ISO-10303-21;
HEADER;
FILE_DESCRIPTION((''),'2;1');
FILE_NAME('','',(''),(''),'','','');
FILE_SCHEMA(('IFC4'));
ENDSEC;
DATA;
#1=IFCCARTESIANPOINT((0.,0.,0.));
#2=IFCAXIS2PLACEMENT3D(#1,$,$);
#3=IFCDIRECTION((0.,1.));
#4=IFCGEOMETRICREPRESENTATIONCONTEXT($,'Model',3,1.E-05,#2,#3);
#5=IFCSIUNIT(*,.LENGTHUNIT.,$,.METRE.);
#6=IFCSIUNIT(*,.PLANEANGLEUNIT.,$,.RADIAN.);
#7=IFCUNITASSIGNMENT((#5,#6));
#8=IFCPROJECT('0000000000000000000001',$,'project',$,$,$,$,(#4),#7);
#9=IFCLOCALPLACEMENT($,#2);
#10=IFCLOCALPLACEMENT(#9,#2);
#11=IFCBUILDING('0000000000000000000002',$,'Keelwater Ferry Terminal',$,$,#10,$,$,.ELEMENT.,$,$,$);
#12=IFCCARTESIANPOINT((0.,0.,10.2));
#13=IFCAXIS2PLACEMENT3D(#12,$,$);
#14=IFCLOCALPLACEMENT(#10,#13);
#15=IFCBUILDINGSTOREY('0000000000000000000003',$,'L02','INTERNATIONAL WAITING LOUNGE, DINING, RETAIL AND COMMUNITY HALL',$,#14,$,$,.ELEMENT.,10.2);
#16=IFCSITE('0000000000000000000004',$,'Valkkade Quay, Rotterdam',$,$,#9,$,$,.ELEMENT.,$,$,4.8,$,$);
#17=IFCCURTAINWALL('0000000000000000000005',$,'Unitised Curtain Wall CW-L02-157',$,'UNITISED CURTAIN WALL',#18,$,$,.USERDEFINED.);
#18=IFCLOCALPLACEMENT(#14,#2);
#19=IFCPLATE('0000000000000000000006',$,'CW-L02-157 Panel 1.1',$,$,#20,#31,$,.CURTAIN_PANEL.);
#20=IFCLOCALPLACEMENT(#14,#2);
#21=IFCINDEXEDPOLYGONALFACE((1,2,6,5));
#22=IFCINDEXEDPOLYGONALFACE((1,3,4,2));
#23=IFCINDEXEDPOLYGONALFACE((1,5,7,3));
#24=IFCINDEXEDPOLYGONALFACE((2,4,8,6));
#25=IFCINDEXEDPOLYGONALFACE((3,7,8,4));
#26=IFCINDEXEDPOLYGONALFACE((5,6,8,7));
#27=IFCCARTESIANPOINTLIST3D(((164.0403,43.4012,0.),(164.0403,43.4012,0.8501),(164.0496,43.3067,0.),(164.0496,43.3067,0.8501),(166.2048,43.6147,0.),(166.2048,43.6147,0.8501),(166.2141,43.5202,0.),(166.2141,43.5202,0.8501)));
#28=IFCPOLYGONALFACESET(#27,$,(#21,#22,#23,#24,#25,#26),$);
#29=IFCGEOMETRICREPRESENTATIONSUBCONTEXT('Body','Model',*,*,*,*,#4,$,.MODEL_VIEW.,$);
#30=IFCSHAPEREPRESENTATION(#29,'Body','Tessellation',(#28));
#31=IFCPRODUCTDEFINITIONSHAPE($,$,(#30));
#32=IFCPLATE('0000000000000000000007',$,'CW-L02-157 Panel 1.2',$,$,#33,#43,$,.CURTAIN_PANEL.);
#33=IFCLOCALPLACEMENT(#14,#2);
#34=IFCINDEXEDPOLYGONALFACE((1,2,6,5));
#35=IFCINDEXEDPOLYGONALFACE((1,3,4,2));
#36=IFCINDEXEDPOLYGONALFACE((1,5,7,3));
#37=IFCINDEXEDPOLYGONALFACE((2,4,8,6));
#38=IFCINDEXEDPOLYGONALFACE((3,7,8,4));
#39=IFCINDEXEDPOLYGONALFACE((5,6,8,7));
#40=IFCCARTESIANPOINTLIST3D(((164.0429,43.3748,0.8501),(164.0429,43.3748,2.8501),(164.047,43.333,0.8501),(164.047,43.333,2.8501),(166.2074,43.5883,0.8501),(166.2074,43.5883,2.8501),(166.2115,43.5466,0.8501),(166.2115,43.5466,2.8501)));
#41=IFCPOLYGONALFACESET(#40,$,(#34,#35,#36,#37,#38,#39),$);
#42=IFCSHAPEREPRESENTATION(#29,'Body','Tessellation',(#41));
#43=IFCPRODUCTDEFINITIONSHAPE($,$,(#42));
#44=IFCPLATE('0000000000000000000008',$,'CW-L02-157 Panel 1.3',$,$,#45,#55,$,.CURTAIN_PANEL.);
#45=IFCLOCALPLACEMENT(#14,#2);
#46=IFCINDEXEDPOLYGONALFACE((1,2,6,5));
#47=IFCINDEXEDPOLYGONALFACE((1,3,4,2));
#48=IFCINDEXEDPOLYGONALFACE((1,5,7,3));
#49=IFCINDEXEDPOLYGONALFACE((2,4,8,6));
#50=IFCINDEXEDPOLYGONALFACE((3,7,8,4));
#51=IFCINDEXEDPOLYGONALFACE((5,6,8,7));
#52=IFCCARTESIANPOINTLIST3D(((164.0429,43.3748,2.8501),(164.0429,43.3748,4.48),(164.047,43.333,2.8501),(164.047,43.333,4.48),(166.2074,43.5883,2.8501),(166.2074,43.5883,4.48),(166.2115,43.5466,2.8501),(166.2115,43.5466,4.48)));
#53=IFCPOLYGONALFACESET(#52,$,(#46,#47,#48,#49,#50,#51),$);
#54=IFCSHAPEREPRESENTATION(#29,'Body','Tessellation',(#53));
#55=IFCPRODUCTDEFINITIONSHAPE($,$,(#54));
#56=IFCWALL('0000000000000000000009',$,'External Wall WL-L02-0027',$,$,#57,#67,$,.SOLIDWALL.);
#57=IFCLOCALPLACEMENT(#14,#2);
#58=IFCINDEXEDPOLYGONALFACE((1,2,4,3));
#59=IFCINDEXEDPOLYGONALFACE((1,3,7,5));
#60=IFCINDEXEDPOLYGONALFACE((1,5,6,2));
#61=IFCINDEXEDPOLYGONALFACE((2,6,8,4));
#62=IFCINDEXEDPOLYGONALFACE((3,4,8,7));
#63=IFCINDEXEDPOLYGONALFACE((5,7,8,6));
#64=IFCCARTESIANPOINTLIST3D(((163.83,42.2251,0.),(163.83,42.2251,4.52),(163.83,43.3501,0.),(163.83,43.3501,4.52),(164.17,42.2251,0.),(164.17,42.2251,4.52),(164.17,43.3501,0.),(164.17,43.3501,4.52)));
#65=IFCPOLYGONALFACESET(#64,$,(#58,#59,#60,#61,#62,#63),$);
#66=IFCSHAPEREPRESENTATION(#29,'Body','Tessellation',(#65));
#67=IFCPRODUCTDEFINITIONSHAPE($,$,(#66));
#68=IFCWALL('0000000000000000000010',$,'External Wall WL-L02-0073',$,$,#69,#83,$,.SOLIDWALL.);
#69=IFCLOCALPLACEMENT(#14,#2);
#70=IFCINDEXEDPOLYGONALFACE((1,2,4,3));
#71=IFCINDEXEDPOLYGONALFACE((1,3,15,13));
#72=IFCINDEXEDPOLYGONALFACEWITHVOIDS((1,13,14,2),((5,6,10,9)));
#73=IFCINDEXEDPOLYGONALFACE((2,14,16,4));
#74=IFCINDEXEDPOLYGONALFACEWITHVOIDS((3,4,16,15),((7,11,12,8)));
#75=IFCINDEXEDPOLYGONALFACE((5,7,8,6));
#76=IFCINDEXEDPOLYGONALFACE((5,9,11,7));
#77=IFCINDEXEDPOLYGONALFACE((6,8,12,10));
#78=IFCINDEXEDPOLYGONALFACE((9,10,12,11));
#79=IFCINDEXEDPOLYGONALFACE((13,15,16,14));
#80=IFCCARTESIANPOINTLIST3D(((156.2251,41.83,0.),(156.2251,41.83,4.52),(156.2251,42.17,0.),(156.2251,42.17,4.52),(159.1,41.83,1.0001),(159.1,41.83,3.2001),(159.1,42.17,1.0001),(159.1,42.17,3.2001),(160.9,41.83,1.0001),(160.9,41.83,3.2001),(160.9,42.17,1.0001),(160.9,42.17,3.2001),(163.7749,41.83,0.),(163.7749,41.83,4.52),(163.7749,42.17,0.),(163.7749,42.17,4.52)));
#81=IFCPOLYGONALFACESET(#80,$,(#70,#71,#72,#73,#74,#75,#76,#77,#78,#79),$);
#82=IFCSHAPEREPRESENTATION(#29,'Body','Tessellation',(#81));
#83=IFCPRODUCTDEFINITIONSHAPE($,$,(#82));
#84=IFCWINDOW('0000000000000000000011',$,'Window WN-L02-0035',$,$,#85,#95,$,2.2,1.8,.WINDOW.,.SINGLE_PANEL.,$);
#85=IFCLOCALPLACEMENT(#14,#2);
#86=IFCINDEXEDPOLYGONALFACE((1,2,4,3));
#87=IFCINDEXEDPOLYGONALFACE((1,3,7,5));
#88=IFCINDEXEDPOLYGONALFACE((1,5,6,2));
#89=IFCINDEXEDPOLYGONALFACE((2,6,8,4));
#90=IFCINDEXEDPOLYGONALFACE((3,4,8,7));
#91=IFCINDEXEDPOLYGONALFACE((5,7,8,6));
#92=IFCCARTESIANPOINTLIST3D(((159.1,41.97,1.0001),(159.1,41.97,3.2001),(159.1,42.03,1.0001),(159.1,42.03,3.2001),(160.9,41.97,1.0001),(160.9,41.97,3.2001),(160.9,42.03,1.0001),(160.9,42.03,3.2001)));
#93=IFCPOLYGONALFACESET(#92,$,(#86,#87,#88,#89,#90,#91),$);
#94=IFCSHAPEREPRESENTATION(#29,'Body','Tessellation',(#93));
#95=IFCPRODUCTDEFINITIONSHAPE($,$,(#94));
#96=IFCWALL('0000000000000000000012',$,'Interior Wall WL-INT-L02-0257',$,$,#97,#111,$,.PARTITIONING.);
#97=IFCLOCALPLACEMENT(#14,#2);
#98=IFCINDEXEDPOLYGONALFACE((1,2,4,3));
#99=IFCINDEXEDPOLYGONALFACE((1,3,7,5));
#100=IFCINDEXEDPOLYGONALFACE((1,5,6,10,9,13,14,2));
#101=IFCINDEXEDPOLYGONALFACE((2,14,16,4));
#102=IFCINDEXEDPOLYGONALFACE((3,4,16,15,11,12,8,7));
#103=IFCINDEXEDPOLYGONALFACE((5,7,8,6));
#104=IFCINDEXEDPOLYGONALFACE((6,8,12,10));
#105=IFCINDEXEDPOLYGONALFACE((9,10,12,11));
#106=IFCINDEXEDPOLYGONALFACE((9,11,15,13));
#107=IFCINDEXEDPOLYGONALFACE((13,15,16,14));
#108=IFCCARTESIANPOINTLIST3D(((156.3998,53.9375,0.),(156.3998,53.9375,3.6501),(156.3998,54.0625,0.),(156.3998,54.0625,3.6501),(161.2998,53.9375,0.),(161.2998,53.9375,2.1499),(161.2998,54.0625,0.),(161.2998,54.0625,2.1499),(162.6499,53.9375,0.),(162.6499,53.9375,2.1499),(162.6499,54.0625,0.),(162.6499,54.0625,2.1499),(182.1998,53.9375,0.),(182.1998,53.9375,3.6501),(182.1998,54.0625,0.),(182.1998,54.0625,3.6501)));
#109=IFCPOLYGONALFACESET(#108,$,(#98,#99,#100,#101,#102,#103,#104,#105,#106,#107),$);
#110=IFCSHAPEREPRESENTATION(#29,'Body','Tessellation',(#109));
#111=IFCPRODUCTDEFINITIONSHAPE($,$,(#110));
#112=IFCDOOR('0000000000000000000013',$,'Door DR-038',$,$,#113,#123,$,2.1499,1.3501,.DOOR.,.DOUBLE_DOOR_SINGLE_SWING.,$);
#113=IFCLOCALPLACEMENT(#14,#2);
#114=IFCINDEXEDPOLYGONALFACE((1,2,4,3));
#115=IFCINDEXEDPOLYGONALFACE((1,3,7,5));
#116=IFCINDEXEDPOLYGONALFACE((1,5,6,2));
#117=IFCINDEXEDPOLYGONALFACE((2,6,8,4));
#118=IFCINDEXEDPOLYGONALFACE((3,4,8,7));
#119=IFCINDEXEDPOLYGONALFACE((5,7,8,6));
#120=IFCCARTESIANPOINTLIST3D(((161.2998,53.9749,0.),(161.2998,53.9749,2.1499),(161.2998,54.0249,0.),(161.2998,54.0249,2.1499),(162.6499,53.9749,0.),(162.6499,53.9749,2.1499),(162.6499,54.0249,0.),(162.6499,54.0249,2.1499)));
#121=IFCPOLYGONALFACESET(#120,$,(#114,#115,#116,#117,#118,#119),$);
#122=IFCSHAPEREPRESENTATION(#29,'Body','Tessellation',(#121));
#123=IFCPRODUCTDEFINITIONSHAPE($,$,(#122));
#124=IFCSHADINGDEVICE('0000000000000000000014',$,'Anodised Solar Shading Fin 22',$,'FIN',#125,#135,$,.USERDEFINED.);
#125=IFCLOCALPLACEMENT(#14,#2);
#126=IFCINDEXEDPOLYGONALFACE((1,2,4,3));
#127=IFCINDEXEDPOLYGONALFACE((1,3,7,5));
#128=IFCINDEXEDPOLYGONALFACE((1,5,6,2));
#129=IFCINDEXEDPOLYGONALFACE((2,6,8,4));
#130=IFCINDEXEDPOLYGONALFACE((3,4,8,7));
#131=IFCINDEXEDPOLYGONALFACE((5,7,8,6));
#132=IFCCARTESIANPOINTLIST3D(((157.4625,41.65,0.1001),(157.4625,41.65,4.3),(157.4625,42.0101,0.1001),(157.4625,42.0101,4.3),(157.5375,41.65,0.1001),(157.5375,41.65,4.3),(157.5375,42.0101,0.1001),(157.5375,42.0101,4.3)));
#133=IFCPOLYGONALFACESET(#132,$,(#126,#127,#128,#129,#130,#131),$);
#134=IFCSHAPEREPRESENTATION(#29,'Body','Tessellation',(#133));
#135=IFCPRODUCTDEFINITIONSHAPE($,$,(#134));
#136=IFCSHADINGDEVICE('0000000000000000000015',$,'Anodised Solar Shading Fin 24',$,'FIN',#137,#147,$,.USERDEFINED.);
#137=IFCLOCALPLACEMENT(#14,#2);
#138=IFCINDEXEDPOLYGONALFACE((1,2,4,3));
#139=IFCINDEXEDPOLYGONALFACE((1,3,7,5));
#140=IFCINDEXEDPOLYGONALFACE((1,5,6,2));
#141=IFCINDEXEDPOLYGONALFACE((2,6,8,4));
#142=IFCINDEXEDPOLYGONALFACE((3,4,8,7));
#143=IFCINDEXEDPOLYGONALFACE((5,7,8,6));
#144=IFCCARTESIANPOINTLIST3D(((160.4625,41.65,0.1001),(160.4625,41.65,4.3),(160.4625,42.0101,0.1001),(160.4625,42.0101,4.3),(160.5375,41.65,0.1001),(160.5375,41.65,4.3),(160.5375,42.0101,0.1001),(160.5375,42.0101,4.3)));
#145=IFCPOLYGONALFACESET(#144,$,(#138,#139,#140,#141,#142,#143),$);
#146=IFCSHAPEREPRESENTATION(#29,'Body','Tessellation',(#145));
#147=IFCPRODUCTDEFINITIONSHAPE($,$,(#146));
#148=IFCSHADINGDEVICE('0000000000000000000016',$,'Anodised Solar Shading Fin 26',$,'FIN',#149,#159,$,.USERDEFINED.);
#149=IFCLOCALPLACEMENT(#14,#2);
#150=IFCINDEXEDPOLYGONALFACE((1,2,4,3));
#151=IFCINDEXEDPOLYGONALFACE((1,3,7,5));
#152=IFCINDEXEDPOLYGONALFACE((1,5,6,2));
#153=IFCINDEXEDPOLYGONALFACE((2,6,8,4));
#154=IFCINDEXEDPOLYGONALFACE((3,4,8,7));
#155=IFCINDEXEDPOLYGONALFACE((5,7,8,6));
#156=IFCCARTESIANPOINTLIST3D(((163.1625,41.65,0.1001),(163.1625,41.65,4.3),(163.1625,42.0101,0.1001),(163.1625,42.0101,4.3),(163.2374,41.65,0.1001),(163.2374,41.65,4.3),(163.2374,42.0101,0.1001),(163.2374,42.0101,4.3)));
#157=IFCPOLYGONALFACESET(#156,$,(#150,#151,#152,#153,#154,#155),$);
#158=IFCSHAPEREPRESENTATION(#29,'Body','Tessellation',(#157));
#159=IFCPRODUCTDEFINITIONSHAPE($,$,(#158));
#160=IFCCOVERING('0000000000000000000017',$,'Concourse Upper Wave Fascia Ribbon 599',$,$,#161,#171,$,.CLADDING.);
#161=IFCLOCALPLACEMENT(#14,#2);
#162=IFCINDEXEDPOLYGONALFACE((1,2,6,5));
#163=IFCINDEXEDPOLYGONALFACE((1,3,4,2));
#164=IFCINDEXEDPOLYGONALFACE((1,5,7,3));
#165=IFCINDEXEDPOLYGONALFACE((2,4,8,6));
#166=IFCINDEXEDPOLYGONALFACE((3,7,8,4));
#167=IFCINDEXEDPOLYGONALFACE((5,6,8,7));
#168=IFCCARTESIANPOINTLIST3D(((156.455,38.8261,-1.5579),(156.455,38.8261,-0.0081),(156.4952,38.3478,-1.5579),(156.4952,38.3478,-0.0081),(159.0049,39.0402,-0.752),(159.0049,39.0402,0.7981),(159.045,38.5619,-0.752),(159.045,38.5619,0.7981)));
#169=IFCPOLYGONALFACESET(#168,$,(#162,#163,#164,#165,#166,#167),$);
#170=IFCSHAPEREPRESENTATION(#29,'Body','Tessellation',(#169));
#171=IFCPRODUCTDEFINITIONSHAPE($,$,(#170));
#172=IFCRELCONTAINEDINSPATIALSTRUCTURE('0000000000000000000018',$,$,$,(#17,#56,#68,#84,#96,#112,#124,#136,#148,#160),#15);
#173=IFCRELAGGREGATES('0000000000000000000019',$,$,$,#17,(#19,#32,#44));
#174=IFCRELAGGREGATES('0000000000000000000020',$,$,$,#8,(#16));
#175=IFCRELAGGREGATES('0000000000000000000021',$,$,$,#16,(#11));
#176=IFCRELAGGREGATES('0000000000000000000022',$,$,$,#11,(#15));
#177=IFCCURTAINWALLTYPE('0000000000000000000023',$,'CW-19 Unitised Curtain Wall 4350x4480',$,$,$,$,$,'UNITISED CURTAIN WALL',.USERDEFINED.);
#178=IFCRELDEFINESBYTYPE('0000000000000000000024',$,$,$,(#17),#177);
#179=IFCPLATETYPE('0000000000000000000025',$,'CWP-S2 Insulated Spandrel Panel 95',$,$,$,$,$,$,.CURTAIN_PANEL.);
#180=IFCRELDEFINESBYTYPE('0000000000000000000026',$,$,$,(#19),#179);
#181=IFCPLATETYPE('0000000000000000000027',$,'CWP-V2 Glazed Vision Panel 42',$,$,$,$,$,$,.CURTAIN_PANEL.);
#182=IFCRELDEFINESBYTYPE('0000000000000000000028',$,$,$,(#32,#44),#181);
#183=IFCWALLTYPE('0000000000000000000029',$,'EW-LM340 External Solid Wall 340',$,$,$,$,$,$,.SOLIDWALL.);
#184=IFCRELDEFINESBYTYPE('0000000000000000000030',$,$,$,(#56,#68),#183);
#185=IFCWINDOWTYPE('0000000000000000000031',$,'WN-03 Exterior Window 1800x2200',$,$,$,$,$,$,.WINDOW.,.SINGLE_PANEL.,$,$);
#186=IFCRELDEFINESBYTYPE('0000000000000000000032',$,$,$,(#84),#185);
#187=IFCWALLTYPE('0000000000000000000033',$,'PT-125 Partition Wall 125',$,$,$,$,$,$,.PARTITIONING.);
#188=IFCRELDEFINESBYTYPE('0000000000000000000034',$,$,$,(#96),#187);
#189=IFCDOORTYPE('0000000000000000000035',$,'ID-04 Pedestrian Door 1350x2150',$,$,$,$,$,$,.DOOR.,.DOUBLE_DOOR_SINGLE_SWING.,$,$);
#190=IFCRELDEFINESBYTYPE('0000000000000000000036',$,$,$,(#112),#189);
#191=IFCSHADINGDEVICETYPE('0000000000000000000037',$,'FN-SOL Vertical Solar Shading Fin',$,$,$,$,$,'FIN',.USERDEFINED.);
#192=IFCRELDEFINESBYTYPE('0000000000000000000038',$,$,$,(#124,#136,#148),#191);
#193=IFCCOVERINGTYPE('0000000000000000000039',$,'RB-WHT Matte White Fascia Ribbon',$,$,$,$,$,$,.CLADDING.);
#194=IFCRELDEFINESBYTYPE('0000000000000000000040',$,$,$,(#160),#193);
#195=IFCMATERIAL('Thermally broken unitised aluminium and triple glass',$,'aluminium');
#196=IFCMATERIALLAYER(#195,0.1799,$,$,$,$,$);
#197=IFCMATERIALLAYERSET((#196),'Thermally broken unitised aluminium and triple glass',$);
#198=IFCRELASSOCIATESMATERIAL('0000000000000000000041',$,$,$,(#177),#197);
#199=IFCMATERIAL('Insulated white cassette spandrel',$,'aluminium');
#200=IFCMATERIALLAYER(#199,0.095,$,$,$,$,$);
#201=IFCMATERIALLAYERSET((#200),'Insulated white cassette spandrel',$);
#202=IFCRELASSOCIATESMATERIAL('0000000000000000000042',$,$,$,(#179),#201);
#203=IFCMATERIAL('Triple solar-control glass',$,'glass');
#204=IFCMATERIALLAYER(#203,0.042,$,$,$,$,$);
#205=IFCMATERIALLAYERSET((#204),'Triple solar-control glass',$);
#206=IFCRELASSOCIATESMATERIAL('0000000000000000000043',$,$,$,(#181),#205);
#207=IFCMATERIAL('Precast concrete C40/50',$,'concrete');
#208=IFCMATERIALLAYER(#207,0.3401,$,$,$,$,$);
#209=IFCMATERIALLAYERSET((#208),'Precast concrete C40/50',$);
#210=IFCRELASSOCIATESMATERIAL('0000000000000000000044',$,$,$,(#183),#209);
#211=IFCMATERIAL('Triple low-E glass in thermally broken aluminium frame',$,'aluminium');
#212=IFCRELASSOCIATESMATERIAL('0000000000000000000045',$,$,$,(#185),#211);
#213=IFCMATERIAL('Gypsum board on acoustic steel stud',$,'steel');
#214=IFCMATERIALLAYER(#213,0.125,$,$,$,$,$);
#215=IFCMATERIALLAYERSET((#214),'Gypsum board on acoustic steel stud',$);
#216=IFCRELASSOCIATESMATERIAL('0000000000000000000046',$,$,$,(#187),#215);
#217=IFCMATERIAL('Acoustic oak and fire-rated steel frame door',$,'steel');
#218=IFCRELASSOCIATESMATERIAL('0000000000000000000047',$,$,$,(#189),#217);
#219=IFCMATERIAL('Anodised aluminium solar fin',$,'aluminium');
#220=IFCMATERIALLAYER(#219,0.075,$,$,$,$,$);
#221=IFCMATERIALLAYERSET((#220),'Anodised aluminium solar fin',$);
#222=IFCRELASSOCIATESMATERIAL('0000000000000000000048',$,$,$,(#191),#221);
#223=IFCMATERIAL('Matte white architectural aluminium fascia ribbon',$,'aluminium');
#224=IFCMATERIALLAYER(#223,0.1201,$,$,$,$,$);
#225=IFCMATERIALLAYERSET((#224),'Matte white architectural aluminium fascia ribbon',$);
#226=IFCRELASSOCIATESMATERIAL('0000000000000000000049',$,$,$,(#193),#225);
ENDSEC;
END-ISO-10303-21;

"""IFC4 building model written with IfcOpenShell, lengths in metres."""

from ifc_helpers import new_model, si_unit, direction, frame, frame_2d, origin, origin_2d, place, context, subcontext, project, spatial, polyline, rectangle, outline, extrude, material, layer, layer_set, type_object, element, fill, aggregate, save


model = new_model("IFC4")

# Units and contexts
model_context = context("Model", 3, precision=1e-05, world=origin(), true_north=direction((0.0, 1.0)))
body_context = subcontext(model_context, "Body", "Model", "MODEL_VIEW")
ifc_project = project(units=[si_unit("LENGTHUNIT", "METRE"), si_unit("PLANEANGLEUNIT", "RADIAN")], contexts=[model_context])

# Site, building, storey
site_placement = place(None, origin())
site = spatial("IfcSite", under=ifc_project, at=site_placement, Name="Valkkade Quay, Rotterdam", CompositionType="ELEMENT", RefElevation=4.8)
building_placement = place(site_placement, origin())
building = spatial("IfcBuilding", under=site, at=building_placement, Name="Keelwater Ferry Terminal", CompositionType="ELEMENT")
storey_placement = place(building_placement, frame((0.0, 0.0, 10.2)))
storey = spatial("IfcBuildingStorey", under=building, at=storey_placement, Name="L02", Description="INTERNATIONAL WAITING LOUNGE, DINING, RETAIL AND COMMUNITY HALL", CompositionType="ELEMENT", Elevation=10.2)

# Curtain wall
ifc_material_1 = material(Name="Thermally broken unitised aluminium and triple glass", Category="aluminium")
ifc_layer_1 = layer(ifc_material_1, 0.1799)
ifc_layer_set_1 = layer_set([ifc_layer_1], Name="Thermally broken unitised aluminium and triple glass")
curtain_wall_type = type_object("IfcCurtainWallType", Name="CW-19 Unitised Curtain Wall 4350x4480", ElementType="UNITISED CURTAIN WALL", PredefinedType="USERDEFINED", material=ifc_layer_set_1)
curtain_wall_placement = place(storey_placement, origin())
curtain_wall = element("IfcCurtainWall", 1, at=curtain_wall_placement, inside=storey, type_object=curtain_wall_type, Name="Unitised Curtain Wall CW-L02-157", ObjectType="UNITISED CURTAIN WALL", PredefinedType="USERDEFINED")

# Plates
ifc_material_2 = material(Name="Insulated white cassette spandrel", Category="aluminium")
ifc_layer_2 = layer(ifc_material_2, 0.095)
ifc_layer_set_2 = layer_set([ifc_layer_2], Name="Insulated white cassette spandrel")
plate_type_1 = type_object("IfcPlateType", Name="CWP-S2 Insulated Spandrel Panel 95", PredefinedType="CURTAIN_PANEL", material=ifc_layer_set_2)
plate_1_placement = place(storey_placement, frame((165.1272, 43.4607, 0.0), z_axis=(0.0, 0.0, 1.0), x_axis=(0.995171, 0.098161, 0.0)))
plate_1 = element("IfcPlate", 2, at=plate_1_placement, type_object=plate_type_1, Name="CW-L02-157 Panel 1.1", PredefinedType="CURTAIN_PANEL", context=body_context, shape_type="SweptSolid", body=[
    extrude(rectangle(XDim=2.175, YDim=0.095, at=origin_2d()), origin(), (0.0, 0.0, 1.0), 0.8501),
])
ifc_material_3 = material(Name="Triple solar-control glass", Category="glass")
ifc_layer_3 = layer(ifc_material_3, 0.042)
ifc_layer_set_3 = layer_set([ifc_layer_3], Name="Triple solar-control glass")
plate_type_2 = type_object("IfcPlateType", Name="CWP-V2 Glazed Vision Panel 42", PredefinedType="CURTAIN_PANEL", material=ifc_layer_set_3)
plate_2_placement = place(storey_placement, frame((165.1272, 43.4607, 0.8501), z_axis=(0.0, 0.0, 1.0), x_axis=(0.995171, 0.098161, 0.0)))
plate_2 = element("IfcPlate", 3, at=plate_2_placement, type_object=plate_type_2, Name="CW-L02-157 Panel 1.2", PredefinedType="CURTAIN_PANEL", context=body_context, shape_type="SweptSolid", body=[
    extrude(rectangle(XDim=2.175, YDim=0.042, at=origin_2d()), origin(), (0.0, 0.0, 1.0), 2.0),
])
plate_3_placement = place(storey_placement, frame((165.1272, 43.4607, 2.8501), z_axis=(0.0, 0.0, 1.0), x_axis=(0.995171, 0.098161, 0.0)))
plate_3 = element("IfcPlate", 4, at=plate_3_placement, type_object=plate_type_2, Name="CW-L02-157 Panel 1.3", PredefinedType="CURTAIN_PANEL", context=body_context, shape_type="SweptSolid", body=[
    extrude(rectangle(XDim=2.175, YDim=0.042, at=origin_2d()), origin(), (0.0, 0.0, 1.0), 1.6299),
])
aggregate(curtain_wall, [plate_1, plate_2, plate_3])

# Wall
ifc_material_4 = material(Name="Precast concrete C40/50", Category="concrete")
ifc_layer_4 = layer(ifc_material_4, 0.3401)
ifc_layer_set_4 = layer_set([ifc_layer_4], Name="Precast concrete C40/50")
wall_type_1 = type_object("IfcWallType", Name="EW-LM340 External Solid Wall 340", PredefinedType="SOLIDWALL", material=ifc_layer_set_4)
wall_1_placement = place(storey_placement, frame((164.0, 42.2251, 0.0), z_axis=(0.0, 0.0, 1.0), x_axis=(0.0, 1.0, 0.0)))
element("IfcWall", 5, at=wall_1_placement, inside=storey, type_object=wall_type_1, Name="External Wall WL-L02-0027", PredefinedType="SOLIDWALL", context=body_context, shape_type="SweptSolid", body=[
    extrude(rectangle(XDim=1.125, YDim=0.3401, at=frame_2d((0.5625, 0.0))), origin(), (0.0, 0.0, 1.0), 4.52),
])

# Wall, opening, window
wall_2_placement = place(storey_placement, frame((163.7749, 42.0, 0.0), z_axis=(0.0, 0.0, 1.0), x_axis=(-1.0, 0.0, 0.0)))
wall_2 = element("IfcWall", 6, at=wall_2_placement, inside=storey, type_object=wall_type_1, Name="External Wall WL-L02-0073", PredefinedType="SOLIDWALL", context=body_context, shape_type="SweptSolid", body=[
    extrude(rectangle(XDim=7.5498, YDim=0.3401, at=frame_2d((3.7749, 0.0))), origin(), (0.0, 0.0, 1.0), 4.52),
])
opening_1_placement = place(wall_2_placement, frame((2.875, 0.0, 1.0)))
opening_1 = element("IfcOpeningElement", 7, at=opening_1_placement, cuts=wall_2, PredefinedType="OPENING", context=body_context, shape_type="SweptSolid", body=[
    extrude(rectangle(XDim=1.8, YDim=2.2, at=frame_2d((0.8999, 1.1001))), frame((0.0, 0.1799, 0.0), z_axis=(0.0, -1.0, 0.0), x_axis=(1.0, 0.0, 0.0)), (0.0, 0.0, 1.0), 0.3601),
])
ifc_material_5 = material(Name="Triple low-E glass in thermally broken aluminium frame", Category="aluminium")
window_type = type_object("IfcWindowType", Name="WN-03 Exterior Window 1800x2200", PartitioningType="SINGLE_PANEL", PredefinedType="WINDOW", material=ifc_material_5)
window_placement = place(opening_1_placement, origin())
window = element("IfcWindow", 8, at=window_placement, inside=storey, type_object=window_type, Name="Window WN-L02-0035", OverallHeight=2.2, OverallWidth=1.8, PartitioningType="SINGLE_PANEL", PredefinedType="WINDOW", context=body_context, shape_type="SweptSolid", body=[
    extrude(rectangle(XDim=1.8, YDim=2.2, at=frame_2d((0.8999, 1.1001))), frame((0.0, 0.03, 0.0), z_axis=(0.0, -1.0, 0.0), x_axis=(1.0, 0.0, 0.0)), (0.0, 0.0, 1.0), 0.0601),
])
fill(opening_1, window)

# Wall, opening, door
ifc_material_6 = material(Name="Gypsum board on acoustic steel stud", Category="steel")
ifc_layer_5 = layer(ifc_material_6, 0.125)
ifc_layer_set_5 = layer_set([ifc_layer_5], Name="Gypsum board on acoustic steel stud")
wall_type_2 = type_object("IfcWallType", Name="PT-125 Partition Wall 125", PredefinedType="PARTITIONING", material=ifc_layer_set_5)
wall_3_placement = place(storey_placement, frame((156.3999, 54.0, 0.0), z_axis=(0.0, 0.0, 1.0), x_axis=(1.0, 0.0, 0.0)))
wall_3 = element("IfcWall", 9, at=wall_3_placement, inside=storey, type_object=wall_type_2, Name="Interior Wall WL-INT-L02-0257", PredefinedType="PARTITIONING", context=body_context, shape_type="SweptSolid", body=[
    extrude(rectangle(XDim=25.8, YDim=0.125, at=frame_2d((12.8999, 0.0))), origin(), (0.0, 0.0, 1.0), 3.6501),
])
opening_2_placement = place(wall_3_placement, frame((4.8999, 0.0, 0.0)))
opening_2 = element("IfcOpeningElement", 10, at=opening_2_placement, cuts=wall_3, PredefinedType="OPENING", context=body_context, shape_type="SweptSolid", body=[
    extrude(rectangle(XDim=1.3501, YDim=2.1499, at=frame_2d((0.675, 1.075))), frame((0.0, 0.0725, 0.0), z_axis=(0.0, -1.0, 0.0), x_axis=(1.0, 0.0, 0.0)), (0.0, 0.0, 1.0), 0.145),
])
ifc_material_7 = material(Name="Acoustic oak and fire-rated steel frame door", Category="steel")
door_type = type_object("IfcDoorType", Name="ID-04 Pedestrian Door 1350x2150", OperationType="DOUBLE_DOOR_SINGLE_SWING", PredefinedType="DOOR", material=ifc_material_7)
door_placement = place(opening_2_placement, origin())
door = element("IfcDoor", 11, at=door_placement, inside=storey, type_object=door_type, Name="Door DR-038", OperationType="DOUBLE_DOOR_SINGLE_SWING", OverallHeight=2.1499, OverallWidth=1.3501, PredefinedType="DOOR", context=body_context, shape_type="SweptSolid", body=[
    extrude(rectangle(XDim=1.3501, YDim=2.1499, at=frame_2d((0.675, 1.075))), frame((0.0, 0.0249, 0.0), z_axis=(0.0, -1.0, 0.0), x_axis=(1.0, 0.0, 0.0)), (0.0, 0.0, 1.0), 0.05),
])
fill(opening_2, door)

# Shading devices
ifc_material_8 = material(Name="Anodised aluminium solar fin", Category="aluminium")
ifc_layer_6 = layer(ifc_material_8, 0.075)
ifc_layer_set_6 = layer_set([ifc_layer_6], Name="Anodised aluminium solar fin")
shading_device_type = type_object("IfcShadingDeviceType", Name="FN-SOL Vertical Solar Shading Fin", ElementType="FIN", PredefinedType="USERDEFINED", material=ifc_layer_set_6)
for number, where, z_axis, x_axis, name in (
    (12, (157.5, 41.8301, 0.1001), (0.0, 0.0, 1.0), (1.0, 0.0, 0.0), "Anodised Solar Shading Fin 22"),
    (13, (160.5, 41.8301, 0.1001), (0.0, 0.0, 1.0), (1.0, 0.0, 0.0), "Anodised Solar Shading Fin 24"),
    (14, (163.2, 41.8301, 0.1001), (0.0, 0.0, 1.0), (1.0, 0.0, 0.0), "Anodised Solar Shading Fin 26"),
):
    element("IfcShadingDevice", number, at=place(storey_placement, frame(where, z_axis=z_axis, x_axis=x_axis)), inside=storey, type_object=shading_device_type, Name=name, ObjectType="FIN", PredefinedType="USERDEFINED", context=body_context, shape_type="SweptSolid", body=[
        extrude(rectangle(XDim=0.075, YDim=0.3601, at=origin_2d()), origin(), (0.0, 0.0, 1.0), 4.2),
    ])

# Covering
ifc_material_9 = material(Name="Matte white architectural aluminium fascia ribbon", Category="aluminium")
ifc_layer_7 = layer(ifc_material_9, 0.1201)
ifc_layer_set_7 = layer_set([ifc_layer_7], Name="Matte white architectural aluminium fascia ribbon")
covering_type = type_object("IfcCoveringType", Name="RB-WHT Matte White Fascia Ribbon", PredefinedType="CLADDING", material=ifc_layer_set_7)
covering_1_placement = place(storey_placement, frame((156.4751, 38.5869, -1.5579), z_axis=(0.0, 0.0, 1.0), x_axis=(0.996493, 0.083677, 0.0)))
element("IfcCovering", 15, at=covering_1_placement, inside=storey, type_object=covering_type, Name="Concourse Upper Wave Fascia Ribbon 599", PredefinedType="CLADDING", context=body_context, shape_type="SweptSolid", body=[
    extrude(outline(polyline([(0.0, 0.0), (2.5588, 0.8059), (2.5588, 2.356), (0.0, 1.5498), (0.0, 0.0)])), frame((0.0, 0.24, 0.0), z_axis=(0.0, -1.0, 0.0), x_axis=(1.0, 0.0, 0.0)), (0.0, 0.0, 1.0), 0.48),
])

save(model, "model.ifc")
